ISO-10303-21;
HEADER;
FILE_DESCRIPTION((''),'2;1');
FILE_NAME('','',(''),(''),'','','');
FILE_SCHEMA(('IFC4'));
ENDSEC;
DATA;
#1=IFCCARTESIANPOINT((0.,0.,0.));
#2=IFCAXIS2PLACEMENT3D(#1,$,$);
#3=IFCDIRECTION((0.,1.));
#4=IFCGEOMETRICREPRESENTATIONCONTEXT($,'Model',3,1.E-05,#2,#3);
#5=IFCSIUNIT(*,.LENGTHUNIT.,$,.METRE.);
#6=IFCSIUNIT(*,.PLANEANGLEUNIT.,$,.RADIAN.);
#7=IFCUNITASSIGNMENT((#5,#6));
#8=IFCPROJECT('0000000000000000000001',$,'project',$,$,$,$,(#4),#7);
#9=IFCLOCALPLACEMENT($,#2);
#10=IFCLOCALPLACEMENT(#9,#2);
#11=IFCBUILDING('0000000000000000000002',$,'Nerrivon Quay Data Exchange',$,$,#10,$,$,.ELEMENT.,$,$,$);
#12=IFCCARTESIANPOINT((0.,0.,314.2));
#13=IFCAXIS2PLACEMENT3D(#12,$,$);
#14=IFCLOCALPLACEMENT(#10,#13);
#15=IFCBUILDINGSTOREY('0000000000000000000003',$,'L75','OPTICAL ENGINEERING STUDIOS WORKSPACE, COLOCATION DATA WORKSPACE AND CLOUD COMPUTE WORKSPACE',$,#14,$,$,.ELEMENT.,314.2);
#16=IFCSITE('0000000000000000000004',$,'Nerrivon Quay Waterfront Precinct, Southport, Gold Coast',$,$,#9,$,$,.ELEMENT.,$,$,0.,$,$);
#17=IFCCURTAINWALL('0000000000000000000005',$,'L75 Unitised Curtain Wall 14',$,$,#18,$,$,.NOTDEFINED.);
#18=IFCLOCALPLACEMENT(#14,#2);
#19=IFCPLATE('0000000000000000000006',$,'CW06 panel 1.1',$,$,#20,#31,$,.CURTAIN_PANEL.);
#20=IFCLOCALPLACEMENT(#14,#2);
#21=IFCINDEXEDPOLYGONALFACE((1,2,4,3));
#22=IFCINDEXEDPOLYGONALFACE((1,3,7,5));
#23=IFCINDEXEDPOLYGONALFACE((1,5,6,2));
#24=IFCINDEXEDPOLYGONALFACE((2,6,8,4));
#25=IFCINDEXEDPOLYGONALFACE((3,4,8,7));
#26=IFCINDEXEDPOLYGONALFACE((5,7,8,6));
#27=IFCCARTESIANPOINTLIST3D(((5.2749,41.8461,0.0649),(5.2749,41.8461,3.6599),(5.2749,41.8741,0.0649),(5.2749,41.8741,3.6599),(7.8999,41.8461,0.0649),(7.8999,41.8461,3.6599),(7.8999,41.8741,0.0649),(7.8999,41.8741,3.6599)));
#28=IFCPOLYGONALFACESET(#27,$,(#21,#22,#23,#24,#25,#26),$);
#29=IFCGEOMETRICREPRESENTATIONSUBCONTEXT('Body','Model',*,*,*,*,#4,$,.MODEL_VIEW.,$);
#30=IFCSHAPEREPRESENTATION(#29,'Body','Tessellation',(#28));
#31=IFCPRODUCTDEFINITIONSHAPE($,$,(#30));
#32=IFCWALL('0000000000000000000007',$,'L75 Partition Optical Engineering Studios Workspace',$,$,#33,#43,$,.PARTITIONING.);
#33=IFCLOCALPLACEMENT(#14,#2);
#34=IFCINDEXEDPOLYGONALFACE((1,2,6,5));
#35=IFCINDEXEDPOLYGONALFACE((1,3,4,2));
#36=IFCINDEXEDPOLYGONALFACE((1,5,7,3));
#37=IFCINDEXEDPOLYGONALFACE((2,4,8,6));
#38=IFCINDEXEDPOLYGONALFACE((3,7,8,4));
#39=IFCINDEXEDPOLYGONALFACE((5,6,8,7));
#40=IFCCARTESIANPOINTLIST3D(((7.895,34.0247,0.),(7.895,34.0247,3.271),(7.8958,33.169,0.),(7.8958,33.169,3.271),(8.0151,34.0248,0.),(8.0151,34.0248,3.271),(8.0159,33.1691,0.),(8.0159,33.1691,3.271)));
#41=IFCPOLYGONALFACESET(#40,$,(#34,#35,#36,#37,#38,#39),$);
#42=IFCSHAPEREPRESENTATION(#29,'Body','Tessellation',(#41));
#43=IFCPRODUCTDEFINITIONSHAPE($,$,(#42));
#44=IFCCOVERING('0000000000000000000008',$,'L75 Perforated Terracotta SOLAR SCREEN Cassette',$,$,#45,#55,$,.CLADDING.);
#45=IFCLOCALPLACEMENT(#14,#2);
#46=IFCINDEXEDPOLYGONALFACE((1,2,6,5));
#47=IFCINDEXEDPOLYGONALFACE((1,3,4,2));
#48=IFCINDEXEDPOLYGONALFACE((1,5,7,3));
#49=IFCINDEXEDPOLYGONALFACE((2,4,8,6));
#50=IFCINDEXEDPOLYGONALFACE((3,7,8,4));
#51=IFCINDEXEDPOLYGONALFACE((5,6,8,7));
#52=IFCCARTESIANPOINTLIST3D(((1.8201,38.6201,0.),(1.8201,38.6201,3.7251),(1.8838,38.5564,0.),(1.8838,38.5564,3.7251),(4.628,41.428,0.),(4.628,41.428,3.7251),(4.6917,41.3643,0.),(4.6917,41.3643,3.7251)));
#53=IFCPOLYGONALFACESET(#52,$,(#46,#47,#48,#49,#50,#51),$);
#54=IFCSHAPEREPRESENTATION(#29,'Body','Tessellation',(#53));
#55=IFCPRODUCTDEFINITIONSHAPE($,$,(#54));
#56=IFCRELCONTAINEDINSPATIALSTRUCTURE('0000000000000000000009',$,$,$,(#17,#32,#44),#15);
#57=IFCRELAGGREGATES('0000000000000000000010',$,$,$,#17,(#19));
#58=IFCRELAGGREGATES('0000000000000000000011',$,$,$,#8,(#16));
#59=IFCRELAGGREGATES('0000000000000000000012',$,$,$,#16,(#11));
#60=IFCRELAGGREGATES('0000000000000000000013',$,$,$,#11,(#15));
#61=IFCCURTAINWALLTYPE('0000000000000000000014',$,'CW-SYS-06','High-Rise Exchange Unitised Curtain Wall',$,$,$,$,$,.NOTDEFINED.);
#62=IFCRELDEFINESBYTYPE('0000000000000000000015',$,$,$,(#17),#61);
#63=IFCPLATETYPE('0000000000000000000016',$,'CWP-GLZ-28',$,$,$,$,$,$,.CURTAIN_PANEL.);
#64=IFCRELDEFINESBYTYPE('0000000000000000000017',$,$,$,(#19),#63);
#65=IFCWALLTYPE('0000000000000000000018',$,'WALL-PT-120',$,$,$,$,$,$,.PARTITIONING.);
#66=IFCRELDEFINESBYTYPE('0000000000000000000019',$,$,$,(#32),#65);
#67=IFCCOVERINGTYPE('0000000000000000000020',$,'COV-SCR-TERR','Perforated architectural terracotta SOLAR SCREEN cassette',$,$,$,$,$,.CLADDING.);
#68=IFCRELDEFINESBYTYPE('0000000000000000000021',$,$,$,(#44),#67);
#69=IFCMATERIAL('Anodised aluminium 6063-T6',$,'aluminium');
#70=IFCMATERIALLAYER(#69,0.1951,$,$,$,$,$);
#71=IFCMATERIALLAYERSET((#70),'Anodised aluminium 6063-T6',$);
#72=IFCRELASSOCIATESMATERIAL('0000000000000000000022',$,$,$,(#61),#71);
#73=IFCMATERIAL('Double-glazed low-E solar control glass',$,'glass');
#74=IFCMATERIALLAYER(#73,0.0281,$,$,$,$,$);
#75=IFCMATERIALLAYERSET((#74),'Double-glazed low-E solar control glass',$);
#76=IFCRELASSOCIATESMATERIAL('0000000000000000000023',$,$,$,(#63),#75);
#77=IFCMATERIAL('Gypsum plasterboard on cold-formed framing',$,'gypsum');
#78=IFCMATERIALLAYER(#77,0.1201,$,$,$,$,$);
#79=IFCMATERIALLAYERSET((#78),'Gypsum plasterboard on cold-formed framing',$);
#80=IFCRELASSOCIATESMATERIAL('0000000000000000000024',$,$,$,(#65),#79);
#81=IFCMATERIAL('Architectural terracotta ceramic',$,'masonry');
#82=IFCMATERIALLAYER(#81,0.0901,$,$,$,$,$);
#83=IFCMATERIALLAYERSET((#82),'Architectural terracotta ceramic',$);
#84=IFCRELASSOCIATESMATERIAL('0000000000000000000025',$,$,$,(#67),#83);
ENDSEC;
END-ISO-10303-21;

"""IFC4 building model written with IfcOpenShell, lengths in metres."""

from ifc_helpers import new_model, si_unit, direction, frame, frame_2d, origin, origin_2d, place, context, subcontext, project, spatial, rectangle, extrude, material, layer, layer_set, type_object, element, aggregate, save


model = new_model("IFC4")

# Units and contexts
model_context = context("Model", 3, precision=1e-05, world=origin(), true_north=direction((0.0, 1.0)))
body_context = subcontext(model_context, "Body", "Model", "MODEL_VIEW")
ifc_project = project(units=[si_unit("LENGTHUNIT", "METRE"), si_unit("PLANEANGLEUNIT", "RADIAN")], contexts=[model_context])

# Site, building, storey
site_placement = place(None, origin())
site = spatial("IfcSite", under=ifc_project, at=site_placement, Name="Nerrivon Quay Waterfront Precinct, Southport, Gold Coast", CompositionType="ELEMENT", RefElevation=0.0)
building_placement = place(site_placement, origin())
building = spatial("IfcBuilding", under=site, at=building_placement, Name="Nerrivon Quay Data Exchange", CompositionType="ELEMENT")
storey_placement = place(building_placement, frame((0.0, 0.0, 314.2)))
storey = spatial("IfcBuildingStorey", under=building, at=storey_placement, Name="L75", Description="OPTICAL ENGINEERING STUDIOS WORKSPACE, COLOCATION DATA WORKSPACE AND CLOUD COMPUTE WORKSPACE", CompositionType="ELEMENT", Elevation=314.2)

# Shared definitions
ifc_material_1 = material(Name="Anodised aluminium 6063-T6", Category="aluminium")
ifc_layer_1 = layer(ifc_material_1, 0.1951)
ifc_layer_set_1 = layer_set([ifc_layer_1], Name="Anodised aluminium 6063-T6")
curtain_wall_type = type_object("IfcCurtainWallType", Name="CW-SYS-06", Description="High-Rise Exchange Unitised Curtain Wall", PredefinedType="NOTDEFINED", material=ifc_layer_set_1)

# Curtain wall
curtain_wall_1_placement = place(storey_placement, origin())
curtain_wall_1 = element("IfcCurtainWall", 1, at=curtain_wall_1_placement, inside=storey, type_object=curtain_wall_type, Name="L75 Unitised Curtain Wall 14", PredefinedType="NOTDEFINED")

# Plate
ifc_material_2 = material(Name="Double-glazed low-E solar control glass", Category="glass")
ifc_layer_2 = layer(ifc_material_2, 0.0281)
ifc_layer_set_2 = layer_set([ifc_layer_2], Name="Double-glazed low-E solar control glass")
plate_type = type_object("IfcPlateType", Name="CWP-GLZ-28", PredefinedType="CURTAIN_PANEL", material=ifc_layer_set_2)
plate_1_placement = place(storey_placement, frame((6.5874, 41.8601, 0.0649), z_axis=(0.0, 0.0, 1.0), x_axis=(1.0, 0.0, 0.0)))
plate_1 = element("IfcPlate", 2, at=plate_1_placement, type_object=plate_type, Name="CW06 panel 1.1", PredefinedType="CURTAIN_PANEL", context=body_context, shape_type="SweptSolid", body=[
    extrude(rectangle(XDim=2.625, YDim=0.0281, at=origin_2d()), origin(), (0.0, 0.0, 1.0), 3.595),
])
aggregate(curtain_wall_1, [plate_1])

# Wall
ifc_material_3 = material(Name="Gypsum plasterboard on cold-formed framing", Category="gypsum")
ifc_layer_3 = layer(ifc_material_3, 0.1201)
ifc_layer_set_3 = layer_set([ifc_layer_3], Name="Gypsum plasterboard on cold-formed framing")
wall_type = type_object("IfcWallType", Name="WALL-PT-120", PredefinedType="PARTITIONING", material=ifc_layer_set_3)
wall_placement = place(storey_placement, frame((7.9558, 33.1692, 0.0), z_axis=(0.0, 0.0, 1.0), x_axis=(-0.000856, 1.0, 0.0)))
element("IfcWall", 3, at=wall_placement, inside=storey, type_object=wall_type, Name="L75 Partition Optical Engineering Studios Workspace", PredefinedType="PARTITIONING", context=body_context, shape_type="SweptSolid", body=[
    extrude(rectangle(XDim=0.8557, YDim=0.1201, at=frame_2d((0.4277, 0.0))), origin(), (0.0, 0.0, 1.0), 3.271),
])

# Covering
ifc_material_4 = material(Name="Architectural terracotta ceramic", Category="masonry")
ifc_layer_4 = layer(ifc_material_4, 0.0901)
ifc_layer_set_4 = layer_set([ifc_layer_4], Name="Architectural terracotta ceramic")
covering_type = type_object("IfcCoveringType", Name="COV-SCR-TERR", Description="Perforated architectural terracotta SOLAR SCREEN cassette", PredefinedType="CLADDING", material=ifc_layer_set_4)
covering_placement = place(storey_placement, frame((3.2559, 39.9922, 0.0), z_axis=(0.0, 0.0, 1.0), x_axis=(0.707107, 0.707107, 0.0)))
element("IfcCovering", 4, at=covering_placement, inside=storey, type_object=covering_type, Name="L75 Perforated Terracotta SOLAR SCREEN Cassette", PredefinedType="CLADDING", context=body_context, shape_type="SweptSolid", body=[
    extrude(rectangle(XDim=3.9709, YDim=0.0901, at=origin_2d()), origin(), (0.0, 0.0, 1.0), 3.7251),
])

save(model, "model.ifc")
